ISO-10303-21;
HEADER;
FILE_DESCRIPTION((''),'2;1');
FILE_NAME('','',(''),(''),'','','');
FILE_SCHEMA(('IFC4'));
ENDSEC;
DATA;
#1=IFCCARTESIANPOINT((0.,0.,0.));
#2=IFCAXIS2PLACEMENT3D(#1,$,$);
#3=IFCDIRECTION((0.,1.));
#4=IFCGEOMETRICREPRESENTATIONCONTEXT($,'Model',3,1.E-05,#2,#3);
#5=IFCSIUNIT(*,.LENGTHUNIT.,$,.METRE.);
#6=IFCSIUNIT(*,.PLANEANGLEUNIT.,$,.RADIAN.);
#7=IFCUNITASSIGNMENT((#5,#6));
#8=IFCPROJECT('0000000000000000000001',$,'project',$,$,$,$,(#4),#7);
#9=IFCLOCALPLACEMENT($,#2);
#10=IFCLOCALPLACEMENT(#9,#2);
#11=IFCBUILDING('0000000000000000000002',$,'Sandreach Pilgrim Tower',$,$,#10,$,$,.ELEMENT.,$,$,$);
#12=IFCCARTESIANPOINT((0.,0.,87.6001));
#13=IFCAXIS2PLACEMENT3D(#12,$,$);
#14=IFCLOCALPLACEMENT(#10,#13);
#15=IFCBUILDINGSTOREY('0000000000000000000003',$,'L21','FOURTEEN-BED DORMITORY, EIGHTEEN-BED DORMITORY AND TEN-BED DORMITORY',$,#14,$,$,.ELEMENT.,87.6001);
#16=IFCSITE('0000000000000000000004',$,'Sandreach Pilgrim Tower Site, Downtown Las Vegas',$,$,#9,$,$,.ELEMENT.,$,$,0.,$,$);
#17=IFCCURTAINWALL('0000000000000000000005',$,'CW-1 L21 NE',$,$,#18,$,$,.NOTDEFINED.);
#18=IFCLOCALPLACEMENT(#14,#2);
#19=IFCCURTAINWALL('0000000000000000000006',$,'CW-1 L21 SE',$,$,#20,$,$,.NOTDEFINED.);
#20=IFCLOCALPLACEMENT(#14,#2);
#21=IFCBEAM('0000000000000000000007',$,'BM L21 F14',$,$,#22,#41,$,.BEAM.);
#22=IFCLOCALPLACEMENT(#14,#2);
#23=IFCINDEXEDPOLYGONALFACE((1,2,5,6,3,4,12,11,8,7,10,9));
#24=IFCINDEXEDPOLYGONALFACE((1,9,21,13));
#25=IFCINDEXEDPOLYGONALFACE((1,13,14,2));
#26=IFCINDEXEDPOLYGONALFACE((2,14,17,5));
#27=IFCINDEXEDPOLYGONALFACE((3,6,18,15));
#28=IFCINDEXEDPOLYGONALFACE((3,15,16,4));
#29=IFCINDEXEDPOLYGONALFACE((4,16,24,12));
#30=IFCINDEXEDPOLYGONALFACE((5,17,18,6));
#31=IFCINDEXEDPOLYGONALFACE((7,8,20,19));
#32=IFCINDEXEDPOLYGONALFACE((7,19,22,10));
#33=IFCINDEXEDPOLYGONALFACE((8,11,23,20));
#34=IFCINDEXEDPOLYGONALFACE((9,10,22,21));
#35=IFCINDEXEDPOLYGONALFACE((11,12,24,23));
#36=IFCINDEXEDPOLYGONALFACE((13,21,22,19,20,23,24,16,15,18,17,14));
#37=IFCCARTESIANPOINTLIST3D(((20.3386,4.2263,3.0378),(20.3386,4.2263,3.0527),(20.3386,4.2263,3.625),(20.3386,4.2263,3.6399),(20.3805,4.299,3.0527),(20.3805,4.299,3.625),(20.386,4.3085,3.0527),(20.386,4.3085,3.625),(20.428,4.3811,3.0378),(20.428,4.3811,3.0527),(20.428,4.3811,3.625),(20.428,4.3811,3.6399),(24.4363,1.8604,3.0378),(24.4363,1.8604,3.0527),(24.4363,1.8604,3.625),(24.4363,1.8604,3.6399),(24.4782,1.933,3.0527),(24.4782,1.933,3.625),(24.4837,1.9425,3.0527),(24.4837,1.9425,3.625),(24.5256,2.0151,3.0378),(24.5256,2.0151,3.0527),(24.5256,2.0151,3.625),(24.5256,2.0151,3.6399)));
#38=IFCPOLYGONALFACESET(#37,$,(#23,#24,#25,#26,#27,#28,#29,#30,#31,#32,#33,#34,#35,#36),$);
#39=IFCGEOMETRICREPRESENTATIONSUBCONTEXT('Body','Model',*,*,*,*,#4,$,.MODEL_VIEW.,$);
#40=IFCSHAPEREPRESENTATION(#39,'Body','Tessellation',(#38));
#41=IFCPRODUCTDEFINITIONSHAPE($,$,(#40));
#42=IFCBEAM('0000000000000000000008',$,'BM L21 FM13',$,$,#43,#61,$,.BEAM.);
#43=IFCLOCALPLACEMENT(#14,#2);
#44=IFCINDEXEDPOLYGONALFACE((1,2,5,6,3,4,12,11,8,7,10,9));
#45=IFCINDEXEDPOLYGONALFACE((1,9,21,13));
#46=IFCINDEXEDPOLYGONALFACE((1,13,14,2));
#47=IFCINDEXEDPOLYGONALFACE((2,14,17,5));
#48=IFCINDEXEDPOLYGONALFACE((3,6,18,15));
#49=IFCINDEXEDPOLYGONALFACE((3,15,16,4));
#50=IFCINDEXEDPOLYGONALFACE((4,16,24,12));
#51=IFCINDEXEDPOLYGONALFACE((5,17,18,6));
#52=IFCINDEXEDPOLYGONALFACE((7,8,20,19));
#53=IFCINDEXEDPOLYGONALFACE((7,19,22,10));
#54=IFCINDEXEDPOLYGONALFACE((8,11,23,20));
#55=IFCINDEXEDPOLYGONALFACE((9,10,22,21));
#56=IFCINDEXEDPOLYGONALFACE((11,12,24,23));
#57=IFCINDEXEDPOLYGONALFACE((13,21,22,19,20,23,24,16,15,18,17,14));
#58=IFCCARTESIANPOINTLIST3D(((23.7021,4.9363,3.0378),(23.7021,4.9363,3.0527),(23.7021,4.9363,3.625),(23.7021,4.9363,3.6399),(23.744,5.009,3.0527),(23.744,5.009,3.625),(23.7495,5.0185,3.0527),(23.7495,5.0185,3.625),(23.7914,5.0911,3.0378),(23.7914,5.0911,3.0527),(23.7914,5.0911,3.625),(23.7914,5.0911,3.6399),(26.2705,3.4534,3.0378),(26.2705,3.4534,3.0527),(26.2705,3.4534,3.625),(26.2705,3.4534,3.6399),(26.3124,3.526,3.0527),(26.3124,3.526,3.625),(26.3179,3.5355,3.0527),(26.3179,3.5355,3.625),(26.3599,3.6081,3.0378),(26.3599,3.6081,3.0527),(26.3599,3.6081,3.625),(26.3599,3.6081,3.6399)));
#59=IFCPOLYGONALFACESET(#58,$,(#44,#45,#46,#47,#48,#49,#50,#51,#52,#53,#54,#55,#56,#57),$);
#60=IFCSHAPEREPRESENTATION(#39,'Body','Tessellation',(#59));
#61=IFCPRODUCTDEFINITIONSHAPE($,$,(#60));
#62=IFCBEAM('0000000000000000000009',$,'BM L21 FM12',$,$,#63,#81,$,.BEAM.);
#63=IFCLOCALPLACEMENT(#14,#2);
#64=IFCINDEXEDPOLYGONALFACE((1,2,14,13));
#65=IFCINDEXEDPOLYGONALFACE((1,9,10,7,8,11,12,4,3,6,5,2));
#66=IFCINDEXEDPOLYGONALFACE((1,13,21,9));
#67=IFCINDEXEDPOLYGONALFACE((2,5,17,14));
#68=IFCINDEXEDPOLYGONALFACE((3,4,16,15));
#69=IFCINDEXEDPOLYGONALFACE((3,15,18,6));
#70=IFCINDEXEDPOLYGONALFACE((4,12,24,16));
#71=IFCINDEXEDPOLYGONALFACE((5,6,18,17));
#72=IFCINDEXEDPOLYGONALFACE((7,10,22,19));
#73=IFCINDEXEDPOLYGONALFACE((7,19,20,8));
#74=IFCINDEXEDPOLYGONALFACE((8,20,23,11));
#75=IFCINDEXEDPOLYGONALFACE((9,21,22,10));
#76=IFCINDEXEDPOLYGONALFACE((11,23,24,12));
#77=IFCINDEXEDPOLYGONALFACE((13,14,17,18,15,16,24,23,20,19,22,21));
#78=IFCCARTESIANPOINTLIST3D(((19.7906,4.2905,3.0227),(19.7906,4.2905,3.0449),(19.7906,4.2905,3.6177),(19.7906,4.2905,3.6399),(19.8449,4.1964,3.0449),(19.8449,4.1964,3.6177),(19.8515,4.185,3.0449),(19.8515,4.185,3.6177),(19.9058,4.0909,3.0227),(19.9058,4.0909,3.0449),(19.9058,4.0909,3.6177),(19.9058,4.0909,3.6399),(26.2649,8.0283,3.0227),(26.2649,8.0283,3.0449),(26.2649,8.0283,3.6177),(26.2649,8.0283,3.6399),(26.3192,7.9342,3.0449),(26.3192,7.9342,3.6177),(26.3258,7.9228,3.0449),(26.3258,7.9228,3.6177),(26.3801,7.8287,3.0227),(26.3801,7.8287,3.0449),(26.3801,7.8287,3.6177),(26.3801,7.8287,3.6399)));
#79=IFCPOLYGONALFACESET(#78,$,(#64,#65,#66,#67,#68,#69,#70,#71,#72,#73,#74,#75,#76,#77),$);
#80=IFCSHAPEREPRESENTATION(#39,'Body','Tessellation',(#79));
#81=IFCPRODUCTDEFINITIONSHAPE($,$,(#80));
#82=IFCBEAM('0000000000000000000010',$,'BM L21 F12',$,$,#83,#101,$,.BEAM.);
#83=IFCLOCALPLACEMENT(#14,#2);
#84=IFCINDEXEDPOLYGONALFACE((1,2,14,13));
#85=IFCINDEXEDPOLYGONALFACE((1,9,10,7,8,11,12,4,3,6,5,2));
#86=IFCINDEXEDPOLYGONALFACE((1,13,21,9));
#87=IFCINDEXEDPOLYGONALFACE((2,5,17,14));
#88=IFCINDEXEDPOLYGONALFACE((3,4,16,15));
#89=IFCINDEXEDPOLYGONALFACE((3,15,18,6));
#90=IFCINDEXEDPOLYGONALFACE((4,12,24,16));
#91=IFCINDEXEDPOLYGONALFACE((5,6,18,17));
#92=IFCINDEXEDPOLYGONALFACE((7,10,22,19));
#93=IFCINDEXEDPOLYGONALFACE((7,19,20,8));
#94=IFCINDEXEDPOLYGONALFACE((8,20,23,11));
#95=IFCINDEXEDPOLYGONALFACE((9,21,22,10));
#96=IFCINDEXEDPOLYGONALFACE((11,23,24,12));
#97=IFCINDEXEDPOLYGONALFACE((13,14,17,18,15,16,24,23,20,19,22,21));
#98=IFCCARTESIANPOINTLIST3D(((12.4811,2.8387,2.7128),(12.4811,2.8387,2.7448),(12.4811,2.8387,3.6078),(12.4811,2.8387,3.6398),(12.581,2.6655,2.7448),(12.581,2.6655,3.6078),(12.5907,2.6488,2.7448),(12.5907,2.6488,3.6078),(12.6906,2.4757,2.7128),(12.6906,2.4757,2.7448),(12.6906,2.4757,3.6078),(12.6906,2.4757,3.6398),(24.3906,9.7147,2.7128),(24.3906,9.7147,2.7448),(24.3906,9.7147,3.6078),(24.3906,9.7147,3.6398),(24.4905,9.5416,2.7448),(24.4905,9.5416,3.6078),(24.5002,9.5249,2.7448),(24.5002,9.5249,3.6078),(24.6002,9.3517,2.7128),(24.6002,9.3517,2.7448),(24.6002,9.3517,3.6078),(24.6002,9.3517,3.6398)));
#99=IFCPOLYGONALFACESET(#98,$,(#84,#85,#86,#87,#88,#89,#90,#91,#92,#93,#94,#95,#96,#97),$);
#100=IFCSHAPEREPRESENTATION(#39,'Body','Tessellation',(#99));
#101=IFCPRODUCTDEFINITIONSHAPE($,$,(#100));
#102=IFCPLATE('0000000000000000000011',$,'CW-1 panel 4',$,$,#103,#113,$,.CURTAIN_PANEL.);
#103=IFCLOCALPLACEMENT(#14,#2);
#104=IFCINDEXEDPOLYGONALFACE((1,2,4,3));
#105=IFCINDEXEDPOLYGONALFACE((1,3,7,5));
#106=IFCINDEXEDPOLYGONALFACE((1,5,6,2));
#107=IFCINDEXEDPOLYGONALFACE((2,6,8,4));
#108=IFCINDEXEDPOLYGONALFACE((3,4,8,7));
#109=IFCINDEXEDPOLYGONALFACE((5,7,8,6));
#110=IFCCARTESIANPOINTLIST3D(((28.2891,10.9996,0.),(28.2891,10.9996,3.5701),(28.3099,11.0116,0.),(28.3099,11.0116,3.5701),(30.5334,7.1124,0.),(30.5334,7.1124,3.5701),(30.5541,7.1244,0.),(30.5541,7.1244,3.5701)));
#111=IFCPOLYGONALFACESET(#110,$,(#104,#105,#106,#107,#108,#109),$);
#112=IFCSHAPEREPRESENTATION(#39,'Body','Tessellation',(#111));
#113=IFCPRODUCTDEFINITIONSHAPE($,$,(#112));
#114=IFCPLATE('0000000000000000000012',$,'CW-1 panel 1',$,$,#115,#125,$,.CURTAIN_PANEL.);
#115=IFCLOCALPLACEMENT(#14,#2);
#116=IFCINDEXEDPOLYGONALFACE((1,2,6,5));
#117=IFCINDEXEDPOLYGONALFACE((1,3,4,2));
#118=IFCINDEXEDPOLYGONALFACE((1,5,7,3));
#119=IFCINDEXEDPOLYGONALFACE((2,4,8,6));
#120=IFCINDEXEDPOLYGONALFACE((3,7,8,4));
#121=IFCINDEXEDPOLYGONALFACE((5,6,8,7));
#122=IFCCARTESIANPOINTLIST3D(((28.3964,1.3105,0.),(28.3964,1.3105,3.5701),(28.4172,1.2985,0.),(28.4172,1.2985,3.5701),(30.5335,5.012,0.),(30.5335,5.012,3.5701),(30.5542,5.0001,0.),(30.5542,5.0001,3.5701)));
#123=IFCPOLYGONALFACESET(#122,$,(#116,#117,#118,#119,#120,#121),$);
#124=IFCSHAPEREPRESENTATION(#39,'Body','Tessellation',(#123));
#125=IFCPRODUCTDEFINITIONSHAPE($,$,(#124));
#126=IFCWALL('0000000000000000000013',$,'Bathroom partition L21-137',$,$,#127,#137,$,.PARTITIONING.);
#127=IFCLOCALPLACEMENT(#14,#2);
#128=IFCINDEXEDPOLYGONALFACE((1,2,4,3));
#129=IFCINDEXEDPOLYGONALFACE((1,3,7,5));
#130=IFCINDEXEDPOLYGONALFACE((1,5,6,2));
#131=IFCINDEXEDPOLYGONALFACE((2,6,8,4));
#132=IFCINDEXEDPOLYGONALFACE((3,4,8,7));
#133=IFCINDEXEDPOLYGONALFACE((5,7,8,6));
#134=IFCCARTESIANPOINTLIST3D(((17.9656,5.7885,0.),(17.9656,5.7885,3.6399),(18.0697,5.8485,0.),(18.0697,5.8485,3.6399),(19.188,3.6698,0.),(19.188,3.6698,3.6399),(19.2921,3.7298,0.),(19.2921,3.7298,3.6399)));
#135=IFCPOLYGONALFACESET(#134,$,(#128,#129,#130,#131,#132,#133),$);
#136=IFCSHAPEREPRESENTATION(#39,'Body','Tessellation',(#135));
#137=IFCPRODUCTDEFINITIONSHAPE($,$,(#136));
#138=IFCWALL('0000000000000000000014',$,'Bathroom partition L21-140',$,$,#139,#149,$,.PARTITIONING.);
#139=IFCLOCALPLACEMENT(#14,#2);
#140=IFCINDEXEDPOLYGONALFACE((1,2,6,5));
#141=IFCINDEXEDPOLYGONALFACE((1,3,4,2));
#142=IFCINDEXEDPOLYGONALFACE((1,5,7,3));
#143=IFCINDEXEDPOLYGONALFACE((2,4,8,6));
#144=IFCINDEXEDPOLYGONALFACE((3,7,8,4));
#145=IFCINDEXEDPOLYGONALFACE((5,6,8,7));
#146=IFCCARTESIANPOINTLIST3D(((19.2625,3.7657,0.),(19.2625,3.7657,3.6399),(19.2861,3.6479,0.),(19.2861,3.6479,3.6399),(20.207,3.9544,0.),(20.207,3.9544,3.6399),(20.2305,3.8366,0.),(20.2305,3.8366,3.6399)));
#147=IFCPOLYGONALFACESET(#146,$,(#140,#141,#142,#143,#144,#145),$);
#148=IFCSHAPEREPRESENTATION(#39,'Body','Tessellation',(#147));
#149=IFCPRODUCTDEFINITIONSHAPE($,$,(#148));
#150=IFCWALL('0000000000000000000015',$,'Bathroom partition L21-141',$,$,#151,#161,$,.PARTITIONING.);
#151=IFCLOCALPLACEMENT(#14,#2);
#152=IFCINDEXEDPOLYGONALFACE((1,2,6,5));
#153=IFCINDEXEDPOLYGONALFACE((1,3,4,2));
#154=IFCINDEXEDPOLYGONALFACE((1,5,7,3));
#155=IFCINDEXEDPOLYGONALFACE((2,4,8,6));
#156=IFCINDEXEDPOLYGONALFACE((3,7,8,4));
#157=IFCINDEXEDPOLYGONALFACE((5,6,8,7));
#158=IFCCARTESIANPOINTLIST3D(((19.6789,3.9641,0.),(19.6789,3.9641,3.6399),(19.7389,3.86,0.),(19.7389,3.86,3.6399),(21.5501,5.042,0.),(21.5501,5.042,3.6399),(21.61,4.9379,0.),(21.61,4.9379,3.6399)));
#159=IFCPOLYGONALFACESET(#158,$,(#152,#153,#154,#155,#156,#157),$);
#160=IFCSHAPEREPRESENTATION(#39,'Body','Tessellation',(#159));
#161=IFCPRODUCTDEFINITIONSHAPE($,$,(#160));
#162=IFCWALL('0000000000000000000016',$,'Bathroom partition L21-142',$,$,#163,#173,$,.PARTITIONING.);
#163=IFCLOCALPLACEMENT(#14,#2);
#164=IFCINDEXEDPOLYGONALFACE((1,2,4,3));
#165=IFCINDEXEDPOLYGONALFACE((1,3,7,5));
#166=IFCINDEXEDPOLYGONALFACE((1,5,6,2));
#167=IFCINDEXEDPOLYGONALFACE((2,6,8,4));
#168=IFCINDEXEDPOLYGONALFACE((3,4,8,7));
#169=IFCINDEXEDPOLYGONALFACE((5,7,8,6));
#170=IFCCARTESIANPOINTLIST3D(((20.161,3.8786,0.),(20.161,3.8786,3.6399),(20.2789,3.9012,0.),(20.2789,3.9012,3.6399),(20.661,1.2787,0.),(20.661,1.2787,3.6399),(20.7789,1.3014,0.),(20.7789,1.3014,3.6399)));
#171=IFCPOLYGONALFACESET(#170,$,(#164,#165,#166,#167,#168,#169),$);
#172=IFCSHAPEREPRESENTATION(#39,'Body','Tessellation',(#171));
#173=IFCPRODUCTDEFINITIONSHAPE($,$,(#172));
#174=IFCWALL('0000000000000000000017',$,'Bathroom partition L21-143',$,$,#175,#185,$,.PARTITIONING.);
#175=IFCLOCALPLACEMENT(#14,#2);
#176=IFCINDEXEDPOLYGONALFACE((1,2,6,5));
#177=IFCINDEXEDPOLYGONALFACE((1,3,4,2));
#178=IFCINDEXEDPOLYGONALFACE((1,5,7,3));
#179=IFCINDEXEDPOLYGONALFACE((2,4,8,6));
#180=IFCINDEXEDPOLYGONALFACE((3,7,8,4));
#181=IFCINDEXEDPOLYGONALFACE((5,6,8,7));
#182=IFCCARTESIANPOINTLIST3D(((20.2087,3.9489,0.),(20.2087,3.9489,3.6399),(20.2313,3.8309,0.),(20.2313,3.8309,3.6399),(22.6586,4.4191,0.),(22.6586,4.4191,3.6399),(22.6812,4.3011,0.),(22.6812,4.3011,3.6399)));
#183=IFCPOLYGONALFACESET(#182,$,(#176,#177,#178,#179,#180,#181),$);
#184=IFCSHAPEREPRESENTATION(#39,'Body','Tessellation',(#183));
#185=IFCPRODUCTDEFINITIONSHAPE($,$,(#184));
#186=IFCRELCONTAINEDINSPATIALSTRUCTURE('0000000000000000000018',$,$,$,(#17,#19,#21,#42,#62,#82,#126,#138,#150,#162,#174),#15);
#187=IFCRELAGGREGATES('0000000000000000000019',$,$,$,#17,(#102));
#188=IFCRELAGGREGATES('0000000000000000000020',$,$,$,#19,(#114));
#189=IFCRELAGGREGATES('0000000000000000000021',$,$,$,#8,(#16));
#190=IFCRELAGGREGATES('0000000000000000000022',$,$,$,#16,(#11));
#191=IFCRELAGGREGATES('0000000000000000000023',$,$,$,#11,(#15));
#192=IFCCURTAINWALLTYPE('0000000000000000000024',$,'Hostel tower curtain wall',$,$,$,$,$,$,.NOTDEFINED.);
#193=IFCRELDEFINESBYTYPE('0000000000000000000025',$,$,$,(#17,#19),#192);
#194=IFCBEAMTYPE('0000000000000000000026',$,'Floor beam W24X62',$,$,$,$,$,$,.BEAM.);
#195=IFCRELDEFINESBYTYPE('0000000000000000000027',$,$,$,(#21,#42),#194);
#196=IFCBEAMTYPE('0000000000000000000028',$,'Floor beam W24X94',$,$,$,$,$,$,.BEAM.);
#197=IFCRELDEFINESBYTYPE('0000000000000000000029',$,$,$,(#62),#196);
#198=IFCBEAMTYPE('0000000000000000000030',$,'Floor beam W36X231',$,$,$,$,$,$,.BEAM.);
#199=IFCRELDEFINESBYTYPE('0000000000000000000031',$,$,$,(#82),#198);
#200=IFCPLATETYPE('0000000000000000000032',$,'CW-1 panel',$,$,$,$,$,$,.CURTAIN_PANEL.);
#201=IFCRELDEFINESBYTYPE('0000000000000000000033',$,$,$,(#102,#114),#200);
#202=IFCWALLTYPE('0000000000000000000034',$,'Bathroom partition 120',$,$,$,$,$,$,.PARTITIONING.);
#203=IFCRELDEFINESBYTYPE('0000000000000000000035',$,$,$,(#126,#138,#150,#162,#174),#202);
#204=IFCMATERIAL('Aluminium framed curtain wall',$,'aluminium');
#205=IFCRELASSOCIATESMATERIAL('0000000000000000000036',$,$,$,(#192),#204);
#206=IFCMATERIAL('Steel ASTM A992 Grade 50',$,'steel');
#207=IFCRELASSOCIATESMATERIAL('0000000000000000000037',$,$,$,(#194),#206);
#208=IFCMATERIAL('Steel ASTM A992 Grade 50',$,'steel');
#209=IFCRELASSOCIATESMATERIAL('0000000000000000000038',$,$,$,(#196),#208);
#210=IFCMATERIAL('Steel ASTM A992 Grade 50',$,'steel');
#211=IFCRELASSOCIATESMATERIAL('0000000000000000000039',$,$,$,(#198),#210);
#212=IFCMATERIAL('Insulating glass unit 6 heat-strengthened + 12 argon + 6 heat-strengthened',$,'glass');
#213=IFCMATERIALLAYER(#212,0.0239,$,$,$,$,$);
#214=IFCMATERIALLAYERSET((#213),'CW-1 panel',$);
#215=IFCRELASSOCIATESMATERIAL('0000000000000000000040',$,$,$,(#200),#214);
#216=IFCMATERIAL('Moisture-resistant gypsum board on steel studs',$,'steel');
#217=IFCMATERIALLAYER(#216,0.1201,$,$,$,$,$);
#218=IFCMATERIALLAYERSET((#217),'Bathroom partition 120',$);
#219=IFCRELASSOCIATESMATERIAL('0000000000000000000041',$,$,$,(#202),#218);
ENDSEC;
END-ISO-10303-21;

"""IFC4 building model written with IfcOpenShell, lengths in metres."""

from ifc_helpers import new_model, si_unit, direction, frame, frame_2d, origin, origin_2d, place, context, subcontext, project, spatial, rectangle, i_section, extrude, material, layer, layer_set, material_profile, profile_set, type_object, element, aggregate, save


model = new_model("IFC4")

# Units and contexts
model_context = context("Model", 3, precision=1e-05, world=origin(), true_north=direction((0.0, 1.0)))
body_context = subcontext(model_context, "Body", "Model", "MODEL_VIEW")
ifc_project = project(units=[si_unit("LENGTHUNIT", "METRE"), si_unit("PLANEANGLEUNIT", "RADIAN")], contexts=[model_context])

# Site, building, storey
site_placement = place(None, origin())
site = spatial("IfcSite", under=ifc_project, at=site_placement, Name="Sandreach Pilgrim Tower Site, Downtown Las Vegas", CompositionType="ELEMENT", RefElevation=0.0)
building_placement = place(site_placement, origin())
building = spatial("IfcBuilding", under=site, at=building_placement, Name="Sandreach Pilgrim Tower", CompositionType="ELEMENT")
storey_placement = place(building_placement, frame((0.0, 0.0, 87.6001)))
storey = spatial("IfcBuildingStorey", under=building, at=storey_placement, Name="L21", Description="FOURTEEN-BED DORMITORY, EIGHTEEN-BED DORMITORY AND TEN-BED DORMITORY", CompositionType="ELEMENT", Elevation=87.6001)

# Curtain wall
ifc_material_1 = material(Name="Aluminium framed curtain wall", Category="aluminium")
curtain_wall_type = type_object("IfcCurtainWallType", Name="Hostel tower curtain wall", PredefinedType="NOTDEFINED", material=ifc_material_1)
curtain_wall_1_placement = place(storey_placement, origin())
curtain_wall_1 = element("IfcCurtainWall", 1, at=curtain_wall_1_placement, inside=storey, type_object=curtain_wall_type, Name="CW-1 L21 NE", PredefinedType="NOTDEFINED")

# Curtain wall
curtain_wall_2_placement = place(storey_placement, origin())
curtain_wall_2 = element("IfcCurtainWall", 2, at=curtain_wall_2_placement, inside=storey, type_object=curtain_wall_type, Name="CW-1 L21 SE", PredefinedType="NOTDEFINED")

# Beams
ifc_material_2 = material(Name="Steel ASTM A992 Grade 50", Category="steel")
ifc_material_profile_1 = material_profile(ifc_material_2, i_section(OverallWidth=0.1787, OverallDepth=0.6021, WebThickness=0.011, FlangeThickness=0.0149, at=origin_2d()), Name="W24X62")
ifc_profile_set_1 = profile_set([ifc_material_profile_1], Name="Steel ASTM A992 Grade 50")
beam_type_1 = type_object("IfcBeamType", Name="Floor beam W24X62", PredefinedType="BEAM", material=ifc_profile_set_1)
beam_1_placement = place(storey_placement, frame((24.481, 1.9377, 3.3389), z_axis=(-0.866009, 0.500029, 0.0), x_axis=(-0.500029, -0.866009, 0.0)))
element("IfcBeam", 3, at=beam_1_placement, inside=storey, type_object=beam_type_1, Name="BM L21 F14", PredefinedType="BEAM", context=body_context, shape_type="SweptSolid", body=[
    extrude(i_section(OverallWidth=0.1787, OverallDepth=0.6021, WebThickness=0.011, FlangeThickness=0.0149, at=origin_2d()), origin(), (0.0, 0.0, 1.0), 4.7317),
])
beam_2_placement = place(storey_placement, frame((26.3152, 3.5308, 3.3389), z_axis=(-0.866016, 0.500017, 0.0), x_axis=(-0.500017, -0.866016, 0.0)))
element("IfcBeam", 4, at=beam_2_placement, inside=storey, type_object=beam_type_1, Name="BM L21 FM13", PredefinedType="BEAM", context=body_context, shape_type="SweptSolid", body=[
    extrude(i_section(OverallWidth=0.1787, OverallDepth=0.6021, WebThickness=0.011, FlangeThickness=0.0149, at=origin_2d()), origin(), (0.0, 0.0, 1.0), 2.9658),
])
ifc_material_3 = material(Name="Steel ASTM A992 Grade 50", Category="steel")
ifc_material_profile_2 = material_profile(ifc_material_3, i_section(OverallWidth=0.2305, OverallDepth=0.6172, WebThickness=0.0132, FlangeThickness=0.0222, at=origin_2d()), Name="W24X94")
ifc_profile_set_2 = profile_set([ifc_material_profile_2], Name="Steel ASTM A992 Grade 50")
beam_type_2 = type_object("IfcBeamType", Name="Floor beam W24X94", PredefinedType="BEAM", material=ifc_profile_set_2)
beam_3_placement = place(storey_placement, frame((26.3225, 7.9285, 3.3313), z_axis=(-0.866036, -0.499982, 0.0), x_axis=(0.499982, -0.866036, 0.0)))
element("IfcBeam", 5, at=beam_3_placement, inside=storey, type_object=beam_type_2, Name="BM L21 FM12", PredefinedType="BEAM", context=body_context, shape_type="SweptSolid", body=[
    extrude(i_section(OverallWidth=0.2305, OverallDepth=0.6172, WebThickness=0.0132, FlangeThickness=0.0222, at=origin_2d()), origin(), (0.0, 0.0, 1.0), 7.4758),
])
ifc_material_4 = material(Name="Steel ASTM A992 Grade 50", Category="steel")
ifc_material_profile_3 = material_profile(ifc_material_4, i_section(OverallWidth=0.4192, OverallDepth=0.927, WebThickness=0.0193, FlangeThickness=0.032, at=origin_2d()), Name="W36X231")
ifc_profile_set_3 = profile_set([ifc_material_profile_3], Name="Steel ASTM A992 Grade 50")
beam_type_3 = type_object("IfcBeamType", Name="Floor beam W36X231", PredefinedType="BEAM", material=ifc_profile_set_3)
beam_4_placement = place(storey_placement, frame((24.4954, 9.5332, 3.1763), z_axis=(-0.866023, -0.500004, 0.0), x_axis=(0.500004, -0.866023, 0.0)))
element("IfcBeam", 6, at=beam_4_placement, inside=storey, type_object=beam_type_3, Name="BM L21 F12", PredefinedType="BEAM", context=body_context, shape_type="SweptSolid", body=[
    extrude(i_section(OverallWidth=0.4192, OverallDepth=0.927, WebThickness=0.0193, FlangeThickness=0.032, at=origin_2d()), origin(), (0.0, 0.0, 1.0), 13.752),
])

# Plates
ifc_material_5 = material(Name="Insulating glass unit 6 heat-strengthened + 12 argon + 6 heat-strengthened", Category="glass")
ifc_layer_1 = layer(ifc_material_5, 0.0239)
ifc_layer_set_1 = layer_set([ifc_layer_1], Name="CW-1 panel")
plate_type = type_object("IfcPlateType", Name="CW-1 panel", PredefinedType="CURTAIN_PANEL", material=ifc_layer_set_1)
plate_1_placement = place(storey_placement, frame((29.4216, 9.062, 0.0), z_axis=(0.0, 0.0, 1.0), x_axis=(0.5, -0.866025, 0.0)))
plate_1 = element("IfcPlate", 7, at=plate_1_placement, type_object=plate_type, Name="CW-1 panel 4", PredefinedType="CURTAIN_PANEL", context=body_context, shape_type="SweptSolid", body=[
    extrude(rectangle(XDim=4.4885, YDim=0.0239, at=origin_2d()), origin(), (0.0, 0.0, 1.0), 3.5701),
])
aggregate(curtain_wall_1, [plate_1])
plate_2_placement = place(storey_placement, frame((29.4753, 3.1553, 0.0), z_axis=(0.0, 0.0, 1.0), x_axis=(-0.5, -0.866025, 0.0)))
plate_2 = element("IfcPlate", 8, at=plate_2_placement, type_object=plate_type, Name="CW-1 panel 1", PredefinedType="CURTAIN_PANEL", context=body_context, shape_type="SweptSolid", body=[
    extrude(rectangle(XDim=4.2742, YDim=0.0239, at=origin_2d()), origin(), (0.0, 0.0, 1.0), 3.5701),
])
aggregate(curtain_wall_2, [plate_2])

# Walls
ifc_material_6 = material(Name="Moisture-resistant gypsum board on steel studs", Category="steel")
ifc_layer_2 = layer(ifc_material_6, 0.1201)
ifc_layer_set_2 = layer_set([ifc_layer_2], Name="Bathroom partition 120")
wall_type_1 = type_object("IfcWallType", Name="Bathroom partition 120", PredefinedType="PARTITIONING", material=ifc_layer_set_2)
wall_1_placement = place(storey_placement, frame((18.0176, 5.8186, 0.0), z_axis=(0.0, 0.0, 1.0), x_axis=(0.499757, -0.866166, 0.0)))
element("IfcWall", 9, at=wall_1_placement, inside=storey, type_object=wall_type_1, Name="Bathroom partition L21-137", PredefinedType="PARTITIONING", context=body_context, shape_type="SweptSolid", body=[
    extrude(rectangle(XDim=2.446, YDim=0.1201, at=frame_2d((1.2231, 0.0))), origin(), (0.0, 0.0, 1.0), 3.6399),
])
wall_2_placement = place(storey_placement, frame((19.2744, 3.7068, 0.0), z_axis=(0.0, 0.0, 1.0), x_axis=(0.98062, 0.195921, 0.0)))
element("IfcWall", 10, at=wall_2_placement, inside=storey, type_object=wall_type_1, Name="Bathroom partition L21-140", PredefinedType="PARTITIONING", context=body_context, shape_type="SweptSolid", body=[
    extrude(rectangle(XDim=0.9631, YDim=0.1201, at=frame_2d((0.4814, 0.0))), origin(), (0.0, 0.0, 1.0), 3.6399),
])
wall_3_placement = place(storey_placement, frame((19.709, 3.9121, 0.0), z_axis=(0.0, 0.0, 1.0), x_axis=(0.866505, 0.499168, 0.0)))
element("IfcWall", 11, at=wall_3_placement, inside=storey, type_object=wall_type_1, Name="Bathroom partition L21-141", PredefinedType="PARTITIONING", context=body_context, shape_type="SweptSolid", body=[
    extrude(rectangle(XDim=2.1594, YDim=0.1201, at=frame_2d((1.0796, 0.0))), origin(), (0.0, 0.0, 1.0), 3.6399),
])
wall_4_placement = place(storey_placement, frame((20.22, 3.8899, 0.0), z_axis=(0.0, 0.0, 1.0), x_axis=(0.188858, -0.982004, 0.0)))
element("IfcWall", 12, at=wall_4_placement, inside=storey, type_object=wall_type_1, Name="Bathroom partition L21-142", PredefinedType="PARTITIONING", context=body_context, shape_type="SweptSolid", body=[
    extrude(rectangle(XDim=2.6475, YDim=0.1201, at=frame_2d((1.3237, 0.0))), origin(), (0.0, 0.0, 1.0), 3.6399),
])
wall_5_placement = place(storey_placement, frame((20.22, 3.8899, 0.0), z_axis=(0.0, 0.0, 1.0), x_axis=(0.982075, 0.188488, 0.0)))
element("IfcWall", 13, at=wall_5_placement, inside=storey, type_object=wall_type_1, Name="Bathroom partition L21-143", PredefinedType="PARTITIONING", context=body_context, shape_type="SweptSolid", body=[
    extrude(rectangle(XDim=2.4946, YDim=0.1201, at=frame_2d((1.2473, 0.0))), origin(), (0.0, 0.0, 1.0), 3.6399),
])

save(model, "model.ifc")
